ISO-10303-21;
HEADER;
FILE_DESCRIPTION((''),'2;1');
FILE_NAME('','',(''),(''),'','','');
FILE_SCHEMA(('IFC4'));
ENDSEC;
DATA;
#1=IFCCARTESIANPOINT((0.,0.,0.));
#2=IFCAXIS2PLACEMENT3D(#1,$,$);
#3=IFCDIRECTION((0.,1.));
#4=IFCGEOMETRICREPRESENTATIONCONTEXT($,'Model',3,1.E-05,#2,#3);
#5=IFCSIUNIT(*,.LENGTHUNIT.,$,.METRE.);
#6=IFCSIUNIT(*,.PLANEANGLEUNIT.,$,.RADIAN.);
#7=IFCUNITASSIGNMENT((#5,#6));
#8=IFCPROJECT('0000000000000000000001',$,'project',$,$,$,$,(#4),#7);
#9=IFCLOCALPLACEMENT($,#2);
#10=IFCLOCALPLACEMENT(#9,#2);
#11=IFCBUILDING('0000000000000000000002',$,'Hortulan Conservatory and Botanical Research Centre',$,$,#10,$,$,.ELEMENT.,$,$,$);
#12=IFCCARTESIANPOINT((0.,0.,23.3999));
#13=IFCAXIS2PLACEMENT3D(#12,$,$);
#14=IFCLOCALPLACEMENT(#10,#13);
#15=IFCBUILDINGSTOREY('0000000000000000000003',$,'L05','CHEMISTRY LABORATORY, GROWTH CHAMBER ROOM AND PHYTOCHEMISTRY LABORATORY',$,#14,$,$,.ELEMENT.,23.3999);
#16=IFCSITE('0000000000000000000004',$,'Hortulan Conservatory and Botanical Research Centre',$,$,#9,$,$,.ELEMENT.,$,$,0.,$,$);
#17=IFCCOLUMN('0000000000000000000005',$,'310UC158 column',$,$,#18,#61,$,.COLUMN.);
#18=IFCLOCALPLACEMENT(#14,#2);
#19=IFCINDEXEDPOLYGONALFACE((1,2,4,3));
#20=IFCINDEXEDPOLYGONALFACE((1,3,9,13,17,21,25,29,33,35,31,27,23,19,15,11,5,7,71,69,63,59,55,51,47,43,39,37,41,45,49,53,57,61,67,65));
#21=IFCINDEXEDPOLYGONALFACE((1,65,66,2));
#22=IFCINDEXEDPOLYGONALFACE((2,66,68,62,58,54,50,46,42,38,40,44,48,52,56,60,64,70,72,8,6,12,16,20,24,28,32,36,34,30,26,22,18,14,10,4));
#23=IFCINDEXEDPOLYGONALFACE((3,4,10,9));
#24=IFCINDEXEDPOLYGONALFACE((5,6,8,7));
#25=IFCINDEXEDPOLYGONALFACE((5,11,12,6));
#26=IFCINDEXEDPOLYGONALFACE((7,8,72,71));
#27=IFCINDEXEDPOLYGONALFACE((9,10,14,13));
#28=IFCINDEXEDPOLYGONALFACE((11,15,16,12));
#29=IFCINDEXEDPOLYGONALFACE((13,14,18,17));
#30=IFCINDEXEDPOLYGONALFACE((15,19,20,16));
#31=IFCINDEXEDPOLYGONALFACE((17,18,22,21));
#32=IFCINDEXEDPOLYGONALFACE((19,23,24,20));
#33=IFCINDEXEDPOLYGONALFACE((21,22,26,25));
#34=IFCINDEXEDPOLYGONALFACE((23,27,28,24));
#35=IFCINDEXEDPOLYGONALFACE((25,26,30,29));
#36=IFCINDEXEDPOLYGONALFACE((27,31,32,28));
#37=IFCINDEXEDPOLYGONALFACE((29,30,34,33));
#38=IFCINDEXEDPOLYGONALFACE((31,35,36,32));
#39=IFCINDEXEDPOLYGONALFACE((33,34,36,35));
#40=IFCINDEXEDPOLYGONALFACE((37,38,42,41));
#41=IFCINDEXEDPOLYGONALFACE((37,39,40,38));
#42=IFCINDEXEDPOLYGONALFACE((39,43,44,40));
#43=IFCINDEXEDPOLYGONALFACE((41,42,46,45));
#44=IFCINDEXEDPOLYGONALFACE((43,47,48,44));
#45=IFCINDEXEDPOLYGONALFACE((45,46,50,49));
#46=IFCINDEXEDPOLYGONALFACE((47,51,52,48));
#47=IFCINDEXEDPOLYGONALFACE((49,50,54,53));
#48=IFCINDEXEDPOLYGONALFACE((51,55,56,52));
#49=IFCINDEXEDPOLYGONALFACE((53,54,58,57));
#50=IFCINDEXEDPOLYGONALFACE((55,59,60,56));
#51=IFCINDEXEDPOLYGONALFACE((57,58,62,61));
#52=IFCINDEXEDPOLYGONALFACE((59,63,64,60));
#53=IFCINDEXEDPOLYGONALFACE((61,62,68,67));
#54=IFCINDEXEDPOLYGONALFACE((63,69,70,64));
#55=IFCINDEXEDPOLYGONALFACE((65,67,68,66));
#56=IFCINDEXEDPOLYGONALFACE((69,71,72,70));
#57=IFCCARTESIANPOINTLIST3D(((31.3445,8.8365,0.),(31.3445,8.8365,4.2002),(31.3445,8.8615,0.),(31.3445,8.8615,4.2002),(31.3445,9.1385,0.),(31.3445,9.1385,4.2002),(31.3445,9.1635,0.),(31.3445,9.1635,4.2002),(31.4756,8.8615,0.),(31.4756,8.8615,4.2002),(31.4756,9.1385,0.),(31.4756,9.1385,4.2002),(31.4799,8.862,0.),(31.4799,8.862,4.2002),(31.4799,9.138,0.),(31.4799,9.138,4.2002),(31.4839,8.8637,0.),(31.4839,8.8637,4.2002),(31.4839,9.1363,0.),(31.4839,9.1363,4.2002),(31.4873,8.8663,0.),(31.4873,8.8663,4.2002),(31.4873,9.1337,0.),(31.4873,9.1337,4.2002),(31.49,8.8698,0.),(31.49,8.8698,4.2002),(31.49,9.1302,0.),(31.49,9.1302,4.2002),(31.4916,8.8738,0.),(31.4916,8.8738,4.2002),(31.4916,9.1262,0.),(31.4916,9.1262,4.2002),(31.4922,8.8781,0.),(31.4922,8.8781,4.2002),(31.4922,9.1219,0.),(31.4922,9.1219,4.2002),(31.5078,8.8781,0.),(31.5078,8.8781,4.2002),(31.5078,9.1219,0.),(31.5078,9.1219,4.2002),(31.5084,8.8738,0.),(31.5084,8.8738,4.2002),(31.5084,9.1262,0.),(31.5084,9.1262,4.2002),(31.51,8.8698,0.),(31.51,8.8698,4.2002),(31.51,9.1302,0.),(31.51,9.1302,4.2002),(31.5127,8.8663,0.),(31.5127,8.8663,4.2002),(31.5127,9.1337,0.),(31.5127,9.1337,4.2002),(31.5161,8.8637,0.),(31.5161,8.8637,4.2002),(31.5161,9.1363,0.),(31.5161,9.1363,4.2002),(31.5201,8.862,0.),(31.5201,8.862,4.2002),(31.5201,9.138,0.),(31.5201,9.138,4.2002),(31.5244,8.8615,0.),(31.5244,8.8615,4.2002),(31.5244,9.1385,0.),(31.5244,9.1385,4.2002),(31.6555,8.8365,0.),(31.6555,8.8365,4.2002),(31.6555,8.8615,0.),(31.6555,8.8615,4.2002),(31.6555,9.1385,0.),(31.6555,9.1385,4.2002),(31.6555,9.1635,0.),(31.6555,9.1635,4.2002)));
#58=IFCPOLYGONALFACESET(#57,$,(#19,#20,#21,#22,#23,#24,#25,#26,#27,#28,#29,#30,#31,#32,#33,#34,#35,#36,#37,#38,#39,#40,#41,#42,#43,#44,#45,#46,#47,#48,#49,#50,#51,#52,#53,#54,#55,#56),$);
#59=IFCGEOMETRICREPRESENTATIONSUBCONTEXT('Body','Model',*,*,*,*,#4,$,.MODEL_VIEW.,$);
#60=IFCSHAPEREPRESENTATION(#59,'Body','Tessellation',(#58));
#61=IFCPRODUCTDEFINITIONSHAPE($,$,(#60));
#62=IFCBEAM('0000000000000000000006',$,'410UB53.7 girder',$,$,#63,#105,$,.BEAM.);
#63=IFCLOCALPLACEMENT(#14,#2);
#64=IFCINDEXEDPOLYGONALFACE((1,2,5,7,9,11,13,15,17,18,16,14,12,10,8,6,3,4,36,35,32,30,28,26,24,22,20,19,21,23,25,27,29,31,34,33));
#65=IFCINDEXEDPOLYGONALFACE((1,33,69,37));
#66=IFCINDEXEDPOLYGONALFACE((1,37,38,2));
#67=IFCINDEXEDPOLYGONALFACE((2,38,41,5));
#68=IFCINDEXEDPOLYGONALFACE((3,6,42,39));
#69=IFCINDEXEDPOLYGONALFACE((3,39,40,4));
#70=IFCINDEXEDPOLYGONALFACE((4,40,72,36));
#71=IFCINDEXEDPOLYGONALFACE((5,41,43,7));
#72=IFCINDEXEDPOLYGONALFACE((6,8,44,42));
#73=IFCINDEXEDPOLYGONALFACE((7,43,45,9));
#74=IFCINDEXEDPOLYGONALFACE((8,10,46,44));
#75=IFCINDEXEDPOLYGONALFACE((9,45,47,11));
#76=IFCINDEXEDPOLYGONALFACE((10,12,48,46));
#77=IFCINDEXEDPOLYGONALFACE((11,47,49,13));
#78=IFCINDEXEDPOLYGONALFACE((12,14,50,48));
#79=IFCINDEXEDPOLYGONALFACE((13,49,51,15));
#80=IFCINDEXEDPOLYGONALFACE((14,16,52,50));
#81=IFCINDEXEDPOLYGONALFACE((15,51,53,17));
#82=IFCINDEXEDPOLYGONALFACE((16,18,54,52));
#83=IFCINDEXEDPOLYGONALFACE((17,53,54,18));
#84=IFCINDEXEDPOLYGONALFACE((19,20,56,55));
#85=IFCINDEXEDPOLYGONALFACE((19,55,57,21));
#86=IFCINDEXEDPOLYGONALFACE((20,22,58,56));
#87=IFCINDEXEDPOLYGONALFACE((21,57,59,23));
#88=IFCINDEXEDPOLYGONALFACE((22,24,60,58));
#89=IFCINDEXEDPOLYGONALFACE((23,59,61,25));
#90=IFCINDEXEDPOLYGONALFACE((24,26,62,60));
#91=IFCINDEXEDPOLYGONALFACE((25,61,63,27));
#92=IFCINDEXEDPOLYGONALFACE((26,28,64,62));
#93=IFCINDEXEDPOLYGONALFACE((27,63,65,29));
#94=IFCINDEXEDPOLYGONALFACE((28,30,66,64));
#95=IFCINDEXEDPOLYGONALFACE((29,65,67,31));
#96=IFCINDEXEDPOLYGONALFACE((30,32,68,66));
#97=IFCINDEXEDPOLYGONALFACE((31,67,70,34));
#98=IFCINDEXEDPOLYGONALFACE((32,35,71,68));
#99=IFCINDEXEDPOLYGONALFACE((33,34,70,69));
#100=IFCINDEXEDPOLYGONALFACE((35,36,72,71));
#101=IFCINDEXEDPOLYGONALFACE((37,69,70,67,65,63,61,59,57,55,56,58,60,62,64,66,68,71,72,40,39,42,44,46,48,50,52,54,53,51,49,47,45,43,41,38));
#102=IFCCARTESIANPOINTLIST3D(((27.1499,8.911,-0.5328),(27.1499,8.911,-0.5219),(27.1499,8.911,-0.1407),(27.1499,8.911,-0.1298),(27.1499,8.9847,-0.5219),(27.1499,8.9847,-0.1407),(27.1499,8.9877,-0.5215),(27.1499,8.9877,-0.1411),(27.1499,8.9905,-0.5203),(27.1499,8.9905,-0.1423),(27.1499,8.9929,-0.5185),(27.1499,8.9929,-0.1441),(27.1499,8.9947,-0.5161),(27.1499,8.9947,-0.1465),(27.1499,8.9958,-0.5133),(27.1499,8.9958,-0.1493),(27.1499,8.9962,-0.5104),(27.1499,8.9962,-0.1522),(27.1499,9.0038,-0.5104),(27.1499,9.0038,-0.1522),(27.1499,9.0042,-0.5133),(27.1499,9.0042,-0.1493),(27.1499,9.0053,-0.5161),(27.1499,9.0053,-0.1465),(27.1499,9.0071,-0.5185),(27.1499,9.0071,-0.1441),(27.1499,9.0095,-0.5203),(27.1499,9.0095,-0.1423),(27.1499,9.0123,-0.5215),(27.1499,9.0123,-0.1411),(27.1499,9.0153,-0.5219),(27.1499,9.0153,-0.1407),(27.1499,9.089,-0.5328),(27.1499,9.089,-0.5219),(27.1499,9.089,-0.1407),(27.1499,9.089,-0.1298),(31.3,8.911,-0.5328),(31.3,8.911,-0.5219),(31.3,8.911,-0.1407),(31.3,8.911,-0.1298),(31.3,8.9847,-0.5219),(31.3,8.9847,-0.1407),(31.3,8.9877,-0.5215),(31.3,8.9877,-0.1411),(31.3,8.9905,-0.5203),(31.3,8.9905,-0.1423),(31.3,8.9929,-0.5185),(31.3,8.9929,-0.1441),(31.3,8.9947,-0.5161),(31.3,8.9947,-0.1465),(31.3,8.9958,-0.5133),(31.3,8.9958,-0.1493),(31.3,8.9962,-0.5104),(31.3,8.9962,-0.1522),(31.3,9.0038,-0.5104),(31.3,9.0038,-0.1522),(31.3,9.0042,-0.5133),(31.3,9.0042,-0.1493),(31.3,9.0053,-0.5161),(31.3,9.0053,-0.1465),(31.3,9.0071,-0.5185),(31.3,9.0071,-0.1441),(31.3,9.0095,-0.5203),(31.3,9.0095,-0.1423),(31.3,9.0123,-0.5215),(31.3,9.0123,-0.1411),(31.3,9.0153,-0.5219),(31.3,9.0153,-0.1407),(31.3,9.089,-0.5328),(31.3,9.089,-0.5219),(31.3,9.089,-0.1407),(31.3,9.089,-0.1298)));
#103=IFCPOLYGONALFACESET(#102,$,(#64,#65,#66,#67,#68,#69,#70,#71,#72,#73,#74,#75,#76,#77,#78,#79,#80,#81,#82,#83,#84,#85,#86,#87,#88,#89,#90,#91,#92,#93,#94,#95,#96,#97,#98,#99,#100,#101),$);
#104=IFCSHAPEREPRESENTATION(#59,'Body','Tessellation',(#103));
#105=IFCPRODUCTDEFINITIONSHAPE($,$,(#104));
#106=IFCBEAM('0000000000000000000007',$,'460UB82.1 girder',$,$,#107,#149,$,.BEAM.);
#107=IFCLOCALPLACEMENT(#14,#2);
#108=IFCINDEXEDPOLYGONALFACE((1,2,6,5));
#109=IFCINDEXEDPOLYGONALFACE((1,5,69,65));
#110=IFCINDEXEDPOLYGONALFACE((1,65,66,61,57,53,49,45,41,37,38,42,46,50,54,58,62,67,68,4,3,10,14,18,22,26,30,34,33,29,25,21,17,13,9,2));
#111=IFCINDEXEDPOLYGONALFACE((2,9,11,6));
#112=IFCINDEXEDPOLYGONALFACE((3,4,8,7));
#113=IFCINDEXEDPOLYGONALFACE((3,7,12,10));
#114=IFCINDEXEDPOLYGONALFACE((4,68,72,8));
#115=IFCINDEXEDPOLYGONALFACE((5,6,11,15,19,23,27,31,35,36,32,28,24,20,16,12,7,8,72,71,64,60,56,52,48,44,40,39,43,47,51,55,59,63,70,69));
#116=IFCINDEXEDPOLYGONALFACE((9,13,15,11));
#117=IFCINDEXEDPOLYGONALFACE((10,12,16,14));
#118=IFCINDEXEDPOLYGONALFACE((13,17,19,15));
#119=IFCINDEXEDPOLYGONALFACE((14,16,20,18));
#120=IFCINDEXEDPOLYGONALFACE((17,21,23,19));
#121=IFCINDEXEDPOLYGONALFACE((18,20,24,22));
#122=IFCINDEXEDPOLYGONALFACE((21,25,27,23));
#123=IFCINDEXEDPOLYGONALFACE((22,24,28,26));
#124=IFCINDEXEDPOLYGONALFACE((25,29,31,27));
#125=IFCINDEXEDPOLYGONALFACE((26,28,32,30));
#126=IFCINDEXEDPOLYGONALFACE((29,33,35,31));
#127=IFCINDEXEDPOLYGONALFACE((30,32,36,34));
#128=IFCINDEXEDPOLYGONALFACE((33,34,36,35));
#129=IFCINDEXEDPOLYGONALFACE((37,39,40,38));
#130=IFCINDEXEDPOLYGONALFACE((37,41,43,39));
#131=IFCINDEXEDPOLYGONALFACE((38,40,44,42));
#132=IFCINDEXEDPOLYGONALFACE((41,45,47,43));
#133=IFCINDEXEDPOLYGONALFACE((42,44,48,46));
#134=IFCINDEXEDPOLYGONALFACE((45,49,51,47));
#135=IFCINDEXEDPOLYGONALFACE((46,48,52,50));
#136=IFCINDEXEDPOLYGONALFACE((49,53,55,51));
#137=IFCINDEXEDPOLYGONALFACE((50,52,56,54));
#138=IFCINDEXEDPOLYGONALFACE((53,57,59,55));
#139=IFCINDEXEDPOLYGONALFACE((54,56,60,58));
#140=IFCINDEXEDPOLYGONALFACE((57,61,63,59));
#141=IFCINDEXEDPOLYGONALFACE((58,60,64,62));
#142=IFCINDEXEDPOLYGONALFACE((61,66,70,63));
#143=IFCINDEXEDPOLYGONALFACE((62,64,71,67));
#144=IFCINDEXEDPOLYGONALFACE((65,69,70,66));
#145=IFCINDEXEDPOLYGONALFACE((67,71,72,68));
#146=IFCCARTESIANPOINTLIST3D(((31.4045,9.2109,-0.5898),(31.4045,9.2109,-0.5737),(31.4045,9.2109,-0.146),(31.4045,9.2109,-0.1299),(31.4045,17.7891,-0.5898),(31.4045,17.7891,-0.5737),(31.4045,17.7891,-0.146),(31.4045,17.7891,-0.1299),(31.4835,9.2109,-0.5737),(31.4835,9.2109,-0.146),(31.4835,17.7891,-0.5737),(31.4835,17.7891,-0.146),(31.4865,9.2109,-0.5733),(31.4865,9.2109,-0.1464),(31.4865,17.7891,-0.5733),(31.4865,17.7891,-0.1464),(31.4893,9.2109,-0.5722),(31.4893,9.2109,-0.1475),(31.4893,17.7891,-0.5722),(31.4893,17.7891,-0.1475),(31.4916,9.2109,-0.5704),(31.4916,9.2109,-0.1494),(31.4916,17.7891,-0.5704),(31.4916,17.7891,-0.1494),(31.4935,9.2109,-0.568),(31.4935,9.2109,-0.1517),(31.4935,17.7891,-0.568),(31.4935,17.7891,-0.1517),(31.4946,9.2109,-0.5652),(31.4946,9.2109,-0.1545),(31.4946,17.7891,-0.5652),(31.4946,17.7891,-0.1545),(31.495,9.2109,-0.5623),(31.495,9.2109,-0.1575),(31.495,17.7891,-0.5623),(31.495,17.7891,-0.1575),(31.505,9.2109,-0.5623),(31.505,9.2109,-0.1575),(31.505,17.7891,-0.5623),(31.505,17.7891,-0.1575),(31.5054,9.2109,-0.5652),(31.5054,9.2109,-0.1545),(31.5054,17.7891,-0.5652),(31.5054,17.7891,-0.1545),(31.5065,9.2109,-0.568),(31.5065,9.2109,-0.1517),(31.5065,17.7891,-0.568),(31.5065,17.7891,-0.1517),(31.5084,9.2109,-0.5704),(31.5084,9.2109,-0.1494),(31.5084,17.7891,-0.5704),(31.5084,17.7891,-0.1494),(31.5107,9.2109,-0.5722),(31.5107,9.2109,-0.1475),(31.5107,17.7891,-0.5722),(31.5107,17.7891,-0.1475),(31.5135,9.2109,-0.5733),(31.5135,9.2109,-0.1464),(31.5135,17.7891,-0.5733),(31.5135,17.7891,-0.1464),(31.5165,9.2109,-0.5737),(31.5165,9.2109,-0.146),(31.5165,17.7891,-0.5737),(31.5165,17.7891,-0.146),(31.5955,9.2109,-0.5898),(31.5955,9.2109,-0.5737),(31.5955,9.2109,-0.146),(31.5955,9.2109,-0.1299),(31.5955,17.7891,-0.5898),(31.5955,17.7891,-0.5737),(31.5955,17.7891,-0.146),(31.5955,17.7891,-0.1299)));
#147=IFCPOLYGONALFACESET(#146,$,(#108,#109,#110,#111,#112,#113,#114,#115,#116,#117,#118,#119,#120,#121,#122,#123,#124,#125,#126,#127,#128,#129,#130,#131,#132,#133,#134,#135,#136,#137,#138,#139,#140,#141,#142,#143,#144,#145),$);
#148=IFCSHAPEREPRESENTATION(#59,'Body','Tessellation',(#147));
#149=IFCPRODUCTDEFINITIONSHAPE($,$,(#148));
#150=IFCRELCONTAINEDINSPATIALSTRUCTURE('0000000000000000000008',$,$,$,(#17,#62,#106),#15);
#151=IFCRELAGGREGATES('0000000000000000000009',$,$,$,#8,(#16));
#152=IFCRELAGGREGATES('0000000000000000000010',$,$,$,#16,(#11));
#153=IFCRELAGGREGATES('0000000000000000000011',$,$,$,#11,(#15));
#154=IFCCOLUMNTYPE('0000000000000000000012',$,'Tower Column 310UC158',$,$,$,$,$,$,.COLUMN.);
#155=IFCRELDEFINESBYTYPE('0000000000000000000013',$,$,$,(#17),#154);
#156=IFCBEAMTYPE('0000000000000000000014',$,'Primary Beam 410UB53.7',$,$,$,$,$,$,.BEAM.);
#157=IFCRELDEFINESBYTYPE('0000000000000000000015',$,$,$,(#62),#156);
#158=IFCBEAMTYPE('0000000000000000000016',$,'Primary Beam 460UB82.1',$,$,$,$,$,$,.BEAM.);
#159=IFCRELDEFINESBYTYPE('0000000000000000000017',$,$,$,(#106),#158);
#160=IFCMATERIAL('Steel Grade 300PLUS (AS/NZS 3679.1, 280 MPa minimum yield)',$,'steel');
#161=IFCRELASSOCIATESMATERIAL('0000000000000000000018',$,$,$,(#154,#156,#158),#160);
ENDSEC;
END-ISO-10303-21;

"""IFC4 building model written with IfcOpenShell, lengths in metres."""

from ifc_helpers import new_model, si_unit, direction, frame, origin, origin_2d, place, context, subcontext, project, spatial, i_section, extrude, material, material_profile, profile_set, type_object, element, save


model = new_model("IFC4")

# Units and contexts
model_context = context("Model", 3, precision=1e-05, world=origin(), true_north=direction((0.0, 1.0)))
body_context = subcontext(model_context, "Body", "Model", "MODEL_VIEW")
ifc_project = project(units=[si_unit("LENGTHUNIT", "METRE"), si_unit("PLANEANGLEUNIT", "RADIAN")], contexts=[model_context])

# Site, building, storey
site_placement = place(None, origin())
site = spatial("IfcSite", under=ifc_project, at=site_placement, Name="Hortulan Conservatory and Botanical Research Centre", CompositionType="ELEMENT", RefElevation=0.0)
building_placement = place(site_placement, origin())
building = spatial("IfcBuilding", under=site, at=building_placement, Name="Hortulan Conservatory and Botanical Research Centre", CompositionType="ELEMENT")
storey_placement = place(building_placement, frame((0.0, 0.0, 23.3999)))
storey = spatial("IfcBuildingStorey", under=building, at=storey_placement, Name="L05", Description="CHEMISTRY LABORATORY, GROWTH CHAMBER ROOM AND PHYTOCHEMISTRY LABORATORY", CompositionType="ELEMENT", Elevation=23.3999)

# Column
ifc_material_1 = material(Name="Steel Grade 300PLUS (AS/NZS 3679.1, 280 MPa minimum yield)", Category="steel")
ifc_material_profile_1 = material_profile(ifc_material_1, i_section(OverallWidth=0.311, OverallDepth=0.3269, WebThickness=0.0156, FlangeThickness=0.0249, FilletRadius=0.0166, at=origin_2d()), Name="310UC158")
ifc_profile_set_1 = profile_set([ifc_material_profile_1], Name="Steel Grade 300PLUS (AS/NZS 3679.1, 280 MPa minimum yield)")
column_type = type_object("IfcColumnType", Name="Tower Column 310UC158", PredefinedType="COLUMN", material=ifc_profile_set_1)
column_placement = place(storey_placement, frame((31.5, 9.0, 0.0), z_axis=(0.0, 0.0, 1.0), x_axis=(1.0, 0.0, 0.0)))
element("IfcColumn", 1, at=column_placement, inside=storey, type_object=column_type, Name="310UC158 column", PredefinedType="COLUMN", context=body_context, shape_type="SweptSolid", body=[
    extrude(i_section(OverallWidth=0.311, OverallDepth=0.3269, WebThickness=0.0156, FlangeThickness=0.0249, FilletRadius=0.0166, at=origin_2d()), origin(), (0.0, 0.0, 1.0), 4.2002),
])

# Beams
ifc_material_profile_2 = material_profile(ifc_material_1, i_section(OverallWidth=0.178, OverallDepth=0.4031, WebThickness=0.0076, FlangeThickness=0.011, FilletRadius=0.0115, at=origin_2d()), Name="410UB53.7")
ifc_profile_set_2 = profile_set([ifc_material_profile_2], Name="Steel Grade 300PLUS (AS/NZS 3679.1, 280 MPa minimum yield)")
beam_type_1 = type_object("IfcBeamType", Name="Primary Beam 410UB53.7", PredefinedType="BEAM", material=ifc_profile_set_2)
beam_1_placement = place(storey_placement, frame((27.1499, 9.0, -0.3313), z_axis=(1.0, 0.0, 0.0), x_axis=(0.0, 1.0, 0.0)))
element("IfcBeam", 2, at=beam_1_placement, inside=storey, type_object=beam_type_1, Name="410UB53.7 girder", PredefinedType="BEAM", context=body_context, shape_type="SweptSolid", body=[
    extrude(i_section(OverallWidth=0.178, OverallDepth=0.4031, WebThickness=0.0076, FlangeThickness=0.011, FilletRadius=0.0115, at=origin_2d()), origin(), (0.0, 0.0, 1.0), 4.1501),
])
ifc_material_profile_3 = material_profile(ifc_material_1, i_section(OverallWidth=0.1909, OverallDepth=0.46, WebThickness=0.01, FlangeThickness=0.0161, FilletRadius=0.0115, at=origin_2d()), Name="460UB82.1")
ifc_profile_set_3 = profile_set([ifc_material_profile_3], Name="Steel Grade 300PLUS (AS/NZS 3679.1, 280 MPa minimum yield)")
beam_type_2 = type_object("IfcBeamType", Name="Primary Beam 460UB82.1", PredefinedType="BEAM", material=ifc_profile_set_3)
beam_2_placement = place(storey_placement, frame((31.5, 9.2109, -0.3599), z_axis=(0.0, 1.0, 0.0), x_axis=(-1.0, 0.0, 0.0)))
element("IfcBeam", 3, at=beam_2_placement, inside=storey, type_object=beam_type_2, Name="460UB82.1 girder", PredefinedType="BEAM", context=body_context, shape_type="SweptSolid", body=[
    extrude(i_section(OverallWidth=0.1909, OverallDepth=0.46, WebThickness=0.01, FlangeThickness=0.0161, FilletRadius=0.0115, at=origin_2d()), origin(), (0.0, 0.0, 1.0), 8.5781),
])

save(model, "model.ifc")
